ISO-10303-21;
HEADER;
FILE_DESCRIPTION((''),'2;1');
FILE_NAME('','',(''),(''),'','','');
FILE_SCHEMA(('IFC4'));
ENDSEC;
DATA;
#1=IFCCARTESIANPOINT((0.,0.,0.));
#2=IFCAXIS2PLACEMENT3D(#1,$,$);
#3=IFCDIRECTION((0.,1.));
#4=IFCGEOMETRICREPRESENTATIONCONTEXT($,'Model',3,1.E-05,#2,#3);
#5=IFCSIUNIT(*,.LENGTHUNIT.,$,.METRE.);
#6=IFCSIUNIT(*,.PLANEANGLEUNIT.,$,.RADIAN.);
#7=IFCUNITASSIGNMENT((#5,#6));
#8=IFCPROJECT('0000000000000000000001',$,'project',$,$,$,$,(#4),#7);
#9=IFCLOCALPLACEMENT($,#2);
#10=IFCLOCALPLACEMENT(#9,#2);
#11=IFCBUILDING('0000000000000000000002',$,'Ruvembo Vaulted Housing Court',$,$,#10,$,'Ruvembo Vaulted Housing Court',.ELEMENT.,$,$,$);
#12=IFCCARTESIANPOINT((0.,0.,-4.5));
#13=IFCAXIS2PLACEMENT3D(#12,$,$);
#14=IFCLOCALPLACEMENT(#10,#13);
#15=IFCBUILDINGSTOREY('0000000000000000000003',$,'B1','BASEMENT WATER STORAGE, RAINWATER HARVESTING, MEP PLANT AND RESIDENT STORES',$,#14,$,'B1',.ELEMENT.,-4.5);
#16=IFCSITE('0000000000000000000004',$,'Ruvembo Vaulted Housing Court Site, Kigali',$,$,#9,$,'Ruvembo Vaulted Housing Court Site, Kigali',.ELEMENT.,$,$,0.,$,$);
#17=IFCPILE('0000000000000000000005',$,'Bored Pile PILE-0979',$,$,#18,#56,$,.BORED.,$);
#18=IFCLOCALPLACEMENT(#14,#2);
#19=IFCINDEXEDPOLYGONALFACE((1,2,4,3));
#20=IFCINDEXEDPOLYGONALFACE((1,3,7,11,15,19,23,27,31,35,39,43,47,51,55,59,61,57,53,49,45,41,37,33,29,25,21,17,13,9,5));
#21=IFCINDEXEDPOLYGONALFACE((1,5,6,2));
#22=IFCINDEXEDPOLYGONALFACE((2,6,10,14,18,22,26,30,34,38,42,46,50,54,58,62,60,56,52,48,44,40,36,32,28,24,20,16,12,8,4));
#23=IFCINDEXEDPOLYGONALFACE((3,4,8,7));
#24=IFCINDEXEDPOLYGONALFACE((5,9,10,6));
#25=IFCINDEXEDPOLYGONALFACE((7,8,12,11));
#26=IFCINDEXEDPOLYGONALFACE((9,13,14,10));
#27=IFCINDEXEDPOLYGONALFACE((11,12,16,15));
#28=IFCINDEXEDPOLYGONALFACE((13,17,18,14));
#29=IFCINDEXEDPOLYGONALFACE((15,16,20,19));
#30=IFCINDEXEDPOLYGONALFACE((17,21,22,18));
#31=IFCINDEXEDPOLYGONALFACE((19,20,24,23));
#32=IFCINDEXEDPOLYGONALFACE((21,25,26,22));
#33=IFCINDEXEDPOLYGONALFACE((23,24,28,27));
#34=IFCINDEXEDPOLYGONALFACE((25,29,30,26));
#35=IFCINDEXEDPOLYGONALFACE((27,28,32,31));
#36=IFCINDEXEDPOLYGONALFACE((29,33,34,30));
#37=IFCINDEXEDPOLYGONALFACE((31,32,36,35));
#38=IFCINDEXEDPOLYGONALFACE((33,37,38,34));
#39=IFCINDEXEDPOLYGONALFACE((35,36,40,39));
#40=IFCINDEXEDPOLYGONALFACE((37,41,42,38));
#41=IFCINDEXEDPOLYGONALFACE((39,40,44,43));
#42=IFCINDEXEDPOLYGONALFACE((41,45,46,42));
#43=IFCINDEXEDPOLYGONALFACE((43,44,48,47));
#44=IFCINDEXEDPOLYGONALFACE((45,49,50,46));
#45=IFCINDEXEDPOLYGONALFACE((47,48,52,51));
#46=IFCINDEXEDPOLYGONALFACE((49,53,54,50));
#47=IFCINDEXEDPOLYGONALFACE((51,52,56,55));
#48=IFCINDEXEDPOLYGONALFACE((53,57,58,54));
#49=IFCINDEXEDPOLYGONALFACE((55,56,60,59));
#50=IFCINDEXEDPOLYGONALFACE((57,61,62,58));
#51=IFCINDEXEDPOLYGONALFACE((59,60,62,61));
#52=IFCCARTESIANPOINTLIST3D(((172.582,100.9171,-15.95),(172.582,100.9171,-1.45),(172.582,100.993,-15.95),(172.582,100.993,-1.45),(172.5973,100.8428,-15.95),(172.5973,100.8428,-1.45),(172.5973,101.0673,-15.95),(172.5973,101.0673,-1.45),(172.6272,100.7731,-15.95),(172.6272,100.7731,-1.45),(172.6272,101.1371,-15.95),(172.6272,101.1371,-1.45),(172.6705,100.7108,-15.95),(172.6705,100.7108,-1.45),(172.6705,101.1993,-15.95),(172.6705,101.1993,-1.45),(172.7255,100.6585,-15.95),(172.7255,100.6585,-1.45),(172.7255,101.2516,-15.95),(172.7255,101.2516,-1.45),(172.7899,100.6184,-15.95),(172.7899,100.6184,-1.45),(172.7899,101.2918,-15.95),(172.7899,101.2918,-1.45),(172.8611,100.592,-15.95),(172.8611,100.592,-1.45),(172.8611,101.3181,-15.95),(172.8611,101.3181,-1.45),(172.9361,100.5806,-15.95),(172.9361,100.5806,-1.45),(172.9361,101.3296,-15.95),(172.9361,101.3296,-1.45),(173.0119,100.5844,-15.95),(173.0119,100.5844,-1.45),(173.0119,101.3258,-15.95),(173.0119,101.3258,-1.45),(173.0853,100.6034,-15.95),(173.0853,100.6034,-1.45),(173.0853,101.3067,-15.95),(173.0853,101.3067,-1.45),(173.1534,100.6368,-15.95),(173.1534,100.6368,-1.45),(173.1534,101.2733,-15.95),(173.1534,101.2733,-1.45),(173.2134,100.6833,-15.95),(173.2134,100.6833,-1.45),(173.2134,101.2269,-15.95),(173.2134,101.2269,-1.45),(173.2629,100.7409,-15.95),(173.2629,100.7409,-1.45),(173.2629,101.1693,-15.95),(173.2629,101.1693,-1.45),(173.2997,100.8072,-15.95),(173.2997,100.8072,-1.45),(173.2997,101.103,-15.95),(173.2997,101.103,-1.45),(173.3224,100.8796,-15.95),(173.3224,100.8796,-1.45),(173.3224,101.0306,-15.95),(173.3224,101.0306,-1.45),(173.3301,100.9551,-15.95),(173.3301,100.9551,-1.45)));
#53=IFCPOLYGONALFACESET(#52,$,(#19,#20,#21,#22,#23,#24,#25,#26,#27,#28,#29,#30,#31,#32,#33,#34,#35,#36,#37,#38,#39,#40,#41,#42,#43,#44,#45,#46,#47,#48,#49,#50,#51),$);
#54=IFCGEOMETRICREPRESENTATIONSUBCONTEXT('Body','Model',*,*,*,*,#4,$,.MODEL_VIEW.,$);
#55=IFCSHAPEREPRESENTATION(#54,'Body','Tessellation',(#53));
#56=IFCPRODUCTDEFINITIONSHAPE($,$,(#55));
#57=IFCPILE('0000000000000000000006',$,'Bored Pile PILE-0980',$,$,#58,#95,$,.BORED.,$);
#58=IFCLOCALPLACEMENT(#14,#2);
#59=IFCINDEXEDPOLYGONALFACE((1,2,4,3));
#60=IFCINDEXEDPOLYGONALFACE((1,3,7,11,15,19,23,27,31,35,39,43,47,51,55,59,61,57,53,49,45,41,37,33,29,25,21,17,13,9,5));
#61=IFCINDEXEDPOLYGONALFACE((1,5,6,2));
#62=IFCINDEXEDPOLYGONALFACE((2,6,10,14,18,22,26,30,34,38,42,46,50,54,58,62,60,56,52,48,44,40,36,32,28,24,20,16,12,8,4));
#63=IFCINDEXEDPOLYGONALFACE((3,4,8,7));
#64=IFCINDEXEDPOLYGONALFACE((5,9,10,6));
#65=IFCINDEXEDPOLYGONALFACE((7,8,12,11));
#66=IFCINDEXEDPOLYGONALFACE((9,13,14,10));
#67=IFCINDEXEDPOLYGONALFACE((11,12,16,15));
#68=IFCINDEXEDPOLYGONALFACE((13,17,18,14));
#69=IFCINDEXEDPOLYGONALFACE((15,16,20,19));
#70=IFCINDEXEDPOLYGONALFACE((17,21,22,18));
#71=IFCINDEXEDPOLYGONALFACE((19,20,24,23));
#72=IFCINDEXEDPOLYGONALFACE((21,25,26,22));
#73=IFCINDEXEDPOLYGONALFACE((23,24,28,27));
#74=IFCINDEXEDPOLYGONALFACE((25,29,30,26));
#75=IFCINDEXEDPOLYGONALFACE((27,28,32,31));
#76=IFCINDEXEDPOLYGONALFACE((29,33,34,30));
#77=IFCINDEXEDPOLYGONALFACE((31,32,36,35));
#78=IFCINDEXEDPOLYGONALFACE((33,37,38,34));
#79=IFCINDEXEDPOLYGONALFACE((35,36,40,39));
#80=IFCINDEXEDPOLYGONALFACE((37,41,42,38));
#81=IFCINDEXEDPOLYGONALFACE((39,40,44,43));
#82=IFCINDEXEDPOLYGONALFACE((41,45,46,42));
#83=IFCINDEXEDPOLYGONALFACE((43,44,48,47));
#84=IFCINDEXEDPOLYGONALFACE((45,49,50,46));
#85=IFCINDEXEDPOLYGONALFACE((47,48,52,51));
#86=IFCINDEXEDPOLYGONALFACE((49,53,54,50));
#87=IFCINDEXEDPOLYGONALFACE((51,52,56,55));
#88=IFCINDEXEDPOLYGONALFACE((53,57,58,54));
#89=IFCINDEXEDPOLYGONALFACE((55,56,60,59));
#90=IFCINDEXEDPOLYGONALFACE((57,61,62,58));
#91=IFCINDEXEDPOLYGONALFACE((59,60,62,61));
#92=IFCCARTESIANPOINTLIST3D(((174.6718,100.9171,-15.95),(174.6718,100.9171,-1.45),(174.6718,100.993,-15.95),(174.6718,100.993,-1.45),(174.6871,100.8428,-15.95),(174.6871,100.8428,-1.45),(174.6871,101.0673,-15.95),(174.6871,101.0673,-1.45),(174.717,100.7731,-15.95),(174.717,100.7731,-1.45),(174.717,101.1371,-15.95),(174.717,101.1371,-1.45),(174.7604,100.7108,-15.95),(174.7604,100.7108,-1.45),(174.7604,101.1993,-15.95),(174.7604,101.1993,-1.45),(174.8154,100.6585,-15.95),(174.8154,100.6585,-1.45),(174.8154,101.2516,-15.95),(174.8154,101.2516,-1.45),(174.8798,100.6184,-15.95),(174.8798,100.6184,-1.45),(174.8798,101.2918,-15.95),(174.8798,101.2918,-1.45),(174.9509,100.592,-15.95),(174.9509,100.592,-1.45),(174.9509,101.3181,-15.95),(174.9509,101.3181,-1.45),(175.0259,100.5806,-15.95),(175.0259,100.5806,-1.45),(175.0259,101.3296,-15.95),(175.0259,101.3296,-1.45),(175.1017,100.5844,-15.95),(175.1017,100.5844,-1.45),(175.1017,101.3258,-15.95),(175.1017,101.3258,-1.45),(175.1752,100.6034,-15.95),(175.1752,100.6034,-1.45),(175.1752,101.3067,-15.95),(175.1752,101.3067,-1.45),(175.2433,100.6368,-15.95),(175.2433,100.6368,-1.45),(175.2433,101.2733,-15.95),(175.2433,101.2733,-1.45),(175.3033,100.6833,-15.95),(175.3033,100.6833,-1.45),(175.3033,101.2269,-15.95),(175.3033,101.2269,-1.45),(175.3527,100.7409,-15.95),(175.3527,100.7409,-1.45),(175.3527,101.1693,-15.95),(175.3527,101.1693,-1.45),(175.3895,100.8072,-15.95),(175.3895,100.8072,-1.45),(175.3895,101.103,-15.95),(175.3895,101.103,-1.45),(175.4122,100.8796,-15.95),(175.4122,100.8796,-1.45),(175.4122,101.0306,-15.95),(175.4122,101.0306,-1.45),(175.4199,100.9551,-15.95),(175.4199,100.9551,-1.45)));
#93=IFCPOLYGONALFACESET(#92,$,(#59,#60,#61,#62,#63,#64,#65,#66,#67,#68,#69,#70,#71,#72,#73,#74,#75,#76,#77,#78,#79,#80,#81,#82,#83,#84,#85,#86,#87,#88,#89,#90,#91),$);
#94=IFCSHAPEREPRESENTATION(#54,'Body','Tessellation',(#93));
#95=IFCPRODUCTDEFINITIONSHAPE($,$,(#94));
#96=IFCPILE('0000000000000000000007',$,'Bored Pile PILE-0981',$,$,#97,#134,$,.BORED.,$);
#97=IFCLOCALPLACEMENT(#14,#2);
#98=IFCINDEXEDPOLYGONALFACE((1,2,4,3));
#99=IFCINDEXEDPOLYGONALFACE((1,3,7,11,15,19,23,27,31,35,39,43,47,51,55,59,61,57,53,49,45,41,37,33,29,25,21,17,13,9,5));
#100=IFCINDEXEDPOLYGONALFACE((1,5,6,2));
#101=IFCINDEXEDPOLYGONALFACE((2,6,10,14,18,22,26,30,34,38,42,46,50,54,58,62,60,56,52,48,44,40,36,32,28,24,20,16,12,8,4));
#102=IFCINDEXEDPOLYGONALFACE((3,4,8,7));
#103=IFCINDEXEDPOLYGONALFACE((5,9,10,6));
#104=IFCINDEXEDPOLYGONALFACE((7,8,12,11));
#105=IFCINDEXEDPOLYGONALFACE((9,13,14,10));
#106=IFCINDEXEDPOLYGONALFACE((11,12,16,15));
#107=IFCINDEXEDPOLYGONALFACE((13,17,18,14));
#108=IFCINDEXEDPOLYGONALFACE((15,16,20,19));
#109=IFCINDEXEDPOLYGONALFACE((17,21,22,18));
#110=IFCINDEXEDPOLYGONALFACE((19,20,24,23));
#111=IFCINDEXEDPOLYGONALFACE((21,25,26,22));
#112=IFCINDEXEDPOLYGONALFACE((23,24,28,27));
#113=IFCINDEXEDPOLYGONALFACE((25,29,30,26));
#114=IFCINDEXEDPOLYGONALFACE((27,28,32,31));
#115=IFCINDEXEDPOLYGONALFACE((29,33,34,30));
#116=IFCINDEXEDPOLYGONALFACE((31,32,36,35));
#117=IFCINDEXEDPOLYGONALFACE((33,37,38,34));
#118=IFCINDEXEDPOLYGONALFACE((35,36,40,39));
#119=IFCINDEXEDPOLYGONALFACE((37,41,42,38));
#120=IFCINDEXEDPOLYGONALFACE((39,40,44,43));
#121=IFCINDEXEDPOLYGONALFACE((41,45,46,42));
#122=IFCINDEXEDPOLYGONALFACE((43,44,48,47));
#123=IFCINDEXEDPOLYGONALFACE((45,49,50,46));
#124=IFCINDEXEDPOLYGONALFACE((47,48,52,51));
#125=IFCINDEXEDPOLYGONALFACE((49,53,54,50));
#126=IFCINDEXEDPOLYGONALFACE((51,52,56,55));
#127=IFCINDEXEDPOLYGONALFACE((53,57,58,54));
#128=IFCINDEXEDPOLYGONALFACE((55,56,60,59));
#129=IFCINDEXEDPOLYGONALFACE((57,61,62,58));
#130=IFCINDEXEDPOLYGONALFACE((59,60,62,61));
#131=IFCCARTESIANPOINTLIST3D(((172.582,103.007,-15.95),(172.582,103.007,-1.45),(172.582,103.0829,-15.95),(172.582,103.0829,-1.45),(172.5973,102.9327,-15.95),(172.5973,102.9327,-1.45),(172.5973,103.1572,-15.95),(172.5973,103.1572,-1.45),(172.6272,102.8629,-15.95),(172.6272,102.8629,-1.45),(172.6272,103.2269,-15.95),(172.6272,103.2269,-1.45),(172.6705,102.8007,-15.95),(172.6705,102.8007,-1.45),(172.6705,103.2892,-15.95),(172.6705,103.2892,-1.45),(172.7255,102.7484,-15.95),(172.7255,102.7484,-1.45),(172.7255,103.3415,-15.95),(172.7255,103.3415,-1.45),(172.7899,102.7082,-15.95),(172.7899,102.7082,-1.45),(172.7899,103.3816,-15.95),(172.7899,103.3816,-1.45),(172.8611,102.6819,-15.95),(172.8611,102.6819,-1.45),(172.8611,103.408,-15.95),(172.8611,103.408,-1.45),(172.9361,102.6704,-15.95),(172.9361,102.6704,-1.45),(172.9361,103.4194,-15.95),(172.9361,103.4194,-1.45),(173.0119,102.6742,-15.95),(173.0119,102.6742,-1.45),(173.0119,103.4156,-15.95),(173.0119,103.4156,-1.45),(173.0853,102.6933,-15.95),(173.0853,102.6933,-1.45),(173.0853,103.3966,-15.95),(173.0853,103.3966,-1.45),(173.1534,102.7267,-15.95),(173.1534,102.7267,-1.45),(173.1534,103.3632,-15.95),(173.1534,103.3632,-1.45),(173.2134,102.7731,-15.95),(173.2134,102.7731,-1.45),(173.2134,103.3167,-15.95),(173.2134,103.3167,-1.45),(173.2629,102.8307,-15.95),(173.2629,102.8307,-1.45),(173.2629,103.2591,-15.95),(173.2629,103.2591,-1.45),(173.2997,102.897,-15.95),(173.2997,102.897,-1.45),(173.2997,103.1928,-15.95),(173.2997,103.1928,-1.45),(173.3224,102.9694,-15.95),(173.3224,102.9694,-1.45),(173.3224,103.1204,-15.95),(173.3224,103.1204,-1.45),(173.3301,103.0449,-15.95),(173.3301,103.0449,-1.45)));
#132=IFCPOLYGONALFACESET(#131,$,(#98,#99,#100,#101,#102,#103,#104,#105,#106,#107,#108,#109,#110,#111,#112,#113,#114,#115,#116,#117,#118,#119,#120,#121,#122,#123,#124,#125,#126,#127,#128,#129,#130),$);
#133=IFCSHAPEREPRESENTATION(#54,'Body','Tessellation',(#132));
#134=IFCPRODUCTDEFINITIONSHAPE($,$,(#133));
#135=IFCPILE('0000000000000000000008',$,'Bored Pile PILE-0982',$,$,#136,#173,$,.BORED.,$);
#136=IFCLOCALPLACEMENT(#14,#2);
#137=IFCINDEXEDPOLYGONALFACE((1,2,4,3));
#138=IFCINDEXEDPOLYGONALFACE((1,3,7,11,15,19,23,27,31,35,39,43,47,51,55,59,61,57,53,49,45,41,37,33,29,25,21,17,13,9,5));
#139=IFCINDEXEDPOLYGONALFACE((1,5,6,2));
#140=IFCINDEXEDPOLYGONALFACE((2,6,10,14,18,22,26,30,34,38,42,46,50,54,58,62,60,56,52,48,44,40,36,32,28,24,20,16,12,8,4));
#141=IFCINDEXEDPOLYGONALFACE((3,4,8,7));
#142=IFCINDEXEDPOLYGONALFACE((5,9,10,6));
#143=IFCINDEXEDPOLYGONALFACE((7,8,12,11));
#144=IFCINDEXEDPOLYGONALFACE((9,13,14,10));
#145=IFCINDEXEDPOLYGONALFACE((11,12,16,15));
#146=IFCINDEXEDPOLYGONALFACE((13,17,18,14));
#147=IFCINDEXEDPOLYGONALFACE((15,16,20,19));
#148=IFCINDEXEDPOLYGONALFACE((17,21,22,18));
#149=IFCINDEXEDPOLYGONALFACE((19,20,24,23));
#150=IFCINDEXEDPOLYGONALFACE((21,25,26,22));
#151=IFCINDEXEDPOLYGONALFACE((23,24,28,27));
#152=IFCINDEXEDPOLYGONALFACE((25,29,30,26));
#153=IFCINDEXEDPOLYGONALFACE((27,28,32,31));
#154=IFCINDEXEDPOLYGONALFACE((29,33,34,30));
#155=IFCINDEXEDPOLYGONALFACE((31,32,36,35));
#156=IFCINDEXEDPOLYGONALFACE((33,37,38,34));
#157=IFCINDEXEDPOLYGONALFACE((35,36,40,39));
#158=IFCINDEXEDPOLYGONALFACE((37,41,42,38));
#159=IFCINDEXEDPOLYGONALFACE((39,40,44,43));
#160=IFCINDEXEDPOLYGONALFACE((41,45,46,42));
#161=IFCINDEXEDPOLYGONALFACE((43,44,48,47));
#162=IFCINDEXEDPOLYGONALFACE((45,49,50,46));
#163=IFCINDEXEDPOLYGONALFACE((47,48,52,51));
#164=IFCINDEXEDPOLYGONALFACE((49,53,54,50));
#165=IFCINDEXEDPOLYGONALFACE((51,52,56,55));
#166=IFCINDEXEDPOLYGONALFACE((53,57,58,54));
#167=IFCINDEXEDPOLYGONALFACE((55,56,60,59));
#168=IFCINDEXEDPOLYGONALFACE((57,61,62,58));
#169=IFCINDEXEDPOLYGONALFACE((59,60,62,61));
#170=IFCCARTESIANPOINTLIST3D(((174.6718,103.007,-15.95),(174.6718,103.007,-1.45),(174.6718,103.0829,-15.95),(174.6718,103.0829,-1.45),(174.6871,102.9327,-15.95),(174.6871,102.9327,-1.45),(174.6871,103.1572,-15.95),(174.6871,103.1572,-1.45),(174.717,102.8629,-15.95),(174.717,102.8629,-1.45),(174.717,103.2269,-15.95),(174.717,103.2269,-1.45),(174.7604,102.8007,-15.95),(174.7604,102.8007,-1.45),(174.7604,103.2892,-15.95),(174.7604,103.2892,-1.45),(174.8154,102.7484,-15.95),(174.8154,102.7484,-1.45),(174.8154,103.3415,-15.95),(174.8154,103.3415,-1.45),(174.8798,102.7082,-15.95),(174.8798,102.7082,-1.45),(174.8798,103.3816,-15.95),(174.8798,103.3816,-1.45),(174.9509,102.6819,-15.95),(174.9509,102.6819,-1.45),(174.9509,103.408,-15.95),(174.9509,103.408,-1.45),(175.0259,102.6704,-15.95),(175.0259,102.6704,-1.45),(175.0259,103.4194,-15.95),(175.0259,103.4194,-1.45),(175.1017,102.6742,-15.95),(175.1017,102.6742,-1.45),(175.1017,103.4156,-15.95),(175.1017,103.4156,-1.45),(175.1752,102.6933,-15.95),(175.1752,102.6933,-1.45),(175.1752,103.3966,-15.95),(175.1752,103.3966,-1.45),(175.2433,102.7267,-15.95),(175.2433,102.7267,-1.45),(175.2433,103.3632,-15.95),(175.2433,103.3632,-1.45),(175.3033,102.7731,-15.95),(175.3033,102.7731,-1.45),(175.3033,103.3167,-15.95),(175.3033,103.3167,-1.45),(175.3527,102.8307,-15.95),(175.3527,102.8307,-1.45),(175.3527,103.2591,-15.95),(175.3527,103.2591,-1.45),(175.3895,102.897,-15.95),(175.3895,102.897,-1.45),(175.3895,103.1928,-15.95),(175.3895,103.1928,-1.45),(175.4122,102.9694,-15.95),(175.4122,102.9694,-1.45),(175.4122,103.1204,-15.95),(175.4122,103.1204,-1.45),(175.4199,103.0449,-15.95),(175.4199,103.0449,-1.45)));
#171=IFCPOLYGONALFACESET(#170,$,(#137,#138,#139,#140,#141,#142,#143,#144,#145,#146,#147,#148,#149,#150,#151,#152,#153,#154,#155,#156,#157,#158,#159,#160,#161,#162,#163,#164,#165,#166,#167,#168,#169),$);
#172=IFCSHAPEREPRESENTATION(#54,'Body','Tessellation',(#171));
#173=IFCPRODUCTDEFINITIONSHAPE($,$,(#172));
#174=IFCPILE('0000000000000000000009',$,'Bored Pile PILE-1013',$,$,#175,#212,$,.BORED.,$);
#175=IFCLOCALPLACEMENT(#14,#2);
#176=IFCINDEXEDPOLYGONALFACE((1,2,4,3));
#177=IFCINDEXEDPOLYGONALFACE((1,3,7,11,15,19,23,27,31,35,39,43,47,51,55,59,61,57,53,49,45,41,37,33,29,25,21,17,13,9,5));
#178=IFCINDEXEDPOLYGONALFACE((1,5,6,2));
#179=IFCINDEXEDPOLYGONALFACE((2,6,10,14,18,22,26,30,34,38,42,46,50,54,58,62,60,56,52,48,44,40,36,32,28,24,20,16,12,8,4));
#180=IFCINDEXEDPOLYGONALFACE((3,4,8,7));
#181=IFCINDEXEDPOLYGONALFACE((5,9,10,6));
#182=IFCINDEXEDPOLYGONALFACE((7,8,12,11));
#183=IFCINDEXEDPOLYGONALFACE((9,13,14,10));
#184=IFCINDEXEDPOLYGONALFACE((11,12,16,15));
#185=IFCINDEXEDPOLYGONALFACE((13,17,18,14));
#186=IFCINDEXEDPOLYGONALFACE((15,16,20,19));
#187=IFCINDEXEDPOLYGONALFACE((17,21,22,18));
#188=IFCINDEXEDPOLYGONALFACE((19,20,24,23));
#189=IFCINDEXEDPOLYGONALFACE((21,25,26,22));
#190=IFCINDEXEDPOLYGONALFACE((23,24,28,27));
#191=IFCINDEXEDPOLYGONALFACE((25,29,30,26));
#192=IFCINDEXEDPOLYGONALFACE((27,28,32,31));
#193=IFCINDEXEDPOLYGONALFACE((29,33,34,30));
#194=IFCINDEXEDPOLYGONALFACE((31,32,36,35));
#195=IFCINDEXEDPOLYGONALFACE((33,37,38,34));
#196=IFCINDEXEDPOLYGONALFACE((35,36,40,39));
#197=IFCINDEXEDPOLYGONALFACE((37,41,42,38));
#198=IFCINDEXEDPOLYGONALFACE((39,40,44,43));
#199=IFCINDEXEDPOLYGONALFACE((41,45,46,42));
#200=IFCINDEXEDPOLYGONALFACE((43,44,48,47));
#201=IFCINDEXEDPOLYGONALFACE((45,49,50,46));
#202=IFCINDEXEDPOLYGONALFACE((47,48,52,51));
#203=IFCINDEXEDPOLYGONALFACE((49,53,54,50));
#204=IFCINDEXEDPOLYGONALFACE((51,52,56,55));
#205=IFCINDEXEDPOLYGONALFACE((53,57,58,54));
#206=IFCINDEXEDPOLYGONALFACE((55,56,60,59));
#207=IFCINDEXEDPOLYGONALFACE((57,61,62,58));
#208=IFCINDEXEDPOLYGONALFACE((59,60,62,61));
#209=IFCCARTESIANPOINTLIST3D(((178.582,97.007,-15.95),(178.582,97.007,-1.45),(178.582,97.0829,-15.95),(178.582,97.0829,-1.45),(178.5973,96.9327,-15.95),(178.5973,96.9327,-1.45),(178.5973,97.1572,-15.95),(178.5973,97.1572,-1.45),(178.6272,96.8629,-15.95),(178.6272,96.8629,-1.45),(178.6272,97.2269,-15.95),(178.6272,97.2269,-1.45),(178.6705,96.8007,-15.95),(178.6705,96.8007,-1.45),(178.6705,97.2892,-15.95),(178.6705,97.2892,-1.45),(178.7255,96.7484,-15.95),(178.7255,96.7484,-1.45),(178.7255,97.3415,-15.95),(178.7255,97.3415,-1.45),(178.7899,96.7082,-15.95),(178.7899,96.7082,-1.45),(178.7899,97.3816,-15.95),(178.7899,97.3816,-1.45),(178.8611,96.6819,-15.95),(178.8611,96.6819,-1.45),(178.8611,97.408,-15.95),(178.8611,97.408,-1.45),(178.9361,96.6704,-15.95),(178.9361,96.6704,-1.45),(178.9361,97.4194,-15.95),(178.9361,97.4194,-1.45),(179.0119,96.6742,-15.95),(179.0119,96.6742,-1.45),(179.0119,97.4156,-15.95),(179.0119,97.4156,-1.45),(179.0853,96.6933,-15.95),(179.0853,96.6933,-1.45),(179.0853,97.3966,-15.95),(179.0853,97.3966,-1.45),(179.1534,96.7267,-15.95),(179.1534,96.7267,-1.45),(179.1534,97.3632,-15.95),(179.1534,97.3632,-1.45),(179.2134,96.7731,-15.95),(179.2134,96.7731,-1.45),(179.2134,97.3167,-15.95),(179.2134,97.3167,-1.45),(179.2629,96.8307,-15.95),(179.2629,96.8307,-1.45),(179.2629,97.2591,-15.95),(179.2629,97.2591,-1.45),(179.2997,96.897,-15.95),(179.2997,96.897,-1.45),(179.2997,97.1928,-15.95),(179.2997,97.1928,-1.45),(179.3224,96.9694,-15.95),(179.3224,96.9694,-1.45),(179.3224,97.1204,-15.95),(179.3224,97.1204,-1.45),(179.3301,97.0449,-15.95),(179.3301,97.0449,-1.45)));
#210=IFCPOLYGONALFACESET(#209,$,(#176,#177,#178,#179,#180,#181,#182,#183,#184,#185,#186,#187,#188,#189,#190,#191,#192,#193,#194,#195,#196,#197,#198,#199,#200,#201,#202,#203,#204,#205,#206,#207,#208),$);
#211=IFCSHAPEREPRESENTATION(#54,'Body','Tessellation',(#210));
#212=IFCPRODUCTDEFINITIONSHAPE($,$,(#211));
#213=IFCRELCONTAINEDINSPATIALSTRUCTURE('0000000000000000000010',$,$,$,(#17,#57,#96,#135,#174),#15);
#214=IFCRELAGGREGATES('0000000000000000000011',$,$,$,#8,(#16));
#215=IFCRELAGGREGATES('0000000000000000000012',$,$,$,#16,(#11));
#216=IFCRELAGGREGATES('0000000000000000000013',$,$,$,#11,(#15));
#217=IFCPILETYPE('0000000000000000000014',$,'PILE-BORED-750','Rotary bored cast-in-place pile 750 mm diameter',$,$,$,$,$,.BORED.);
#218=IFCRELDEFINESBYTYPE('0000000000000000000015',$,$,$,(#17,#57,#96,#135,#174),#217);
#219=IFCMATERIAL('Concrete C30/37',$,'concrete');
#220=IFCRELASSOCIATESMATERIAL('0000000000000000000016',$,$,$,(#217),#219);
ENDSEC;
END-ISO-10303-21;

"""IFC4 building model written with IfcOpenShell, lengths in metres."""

from ifc_helpers import new_model, si_unit, direction, frame, origin, origin_2d, place, context, subcontext, project, spatial, circle, extrude, material, material_profile, profile_set, type_object, element, save


model = new_model("IFC4")

# Units and contexts
model_context = context("Model", 3, precision=1e-05, world=origin(), true_north=direction((0.0, 1.0)))
body_context = subcontext(model_context, "Body", "Model", "MODEL_VIEW")
ifc_project = project(units=[si_unit("LENGTHUNIT", "METRE"), si_unit("PLANEANGLEUNIT", "RADIAN")], contexts=[model_context])

# Site, building, storey
site_placement = place(None, origin())
site = spatial("IfcSite", under=ifc_project, at=site_placement, Name="Ruvembo Vaulted Housing Court Site, Kigali", LongName="Ruvembo Vaulted Housing Court Site, Kigali", CompositionType="ELEMENT", RefElevation=0.0)
building_placement = place(site_placement, origin())
building = spatial("IfcBuilding", under=site, at=building_placement, Name="Ruvembo Vaulted Housing Court", LongName="Ruvembo Vaulted Housing Court", CompositionType="ELEMENT")
storey_placement = place(building_placement, frame((0.0, 0.0, -4.5)))
storey = spatial("IfcBuildingStorey", under=building, at=storey_placement, Name="B1", Description="BASEMENT WATER STORAGE, RAINWATER HARVESTING, MEP PLANT AND RESIDENT STORES", LongName="B1", CompositionType="ELEMENT", Elevation=-4.5)

# Piles
ifc_material_1 = material(Name="Concrete C30/37", Category="concrete")
ifc_material_profile_1 = material_profile(ifc_material_1, circle(Radius=0.375, at=origin_2d()), Name="PILE D750")
ifc_profile_set_1 = profile_set([ifc_material_profile_1], Name="Concrete C30/37")
pile_type_1 = type_object("IfcPileType", Name="PILE-BORED-750", Description="Rotary bored cast-in-place pile 750 mm diameter", PredefinedType="BORED", material=ifc_profile_set_1)
for number, where, z_axis, x_axis, name in (
    (1, (172.9551, 100.9551, -1.45), (0.0, 0.0, -1.0), (1.0, 0.0, 0.0), "Bored Pile PILE-0979"),
    (2, (175.0449, 100.9551, -1.45), (0.0, 0.0, -1.0), (1.0, 0.0, 0.0), "Bored Pile PILE-0980"),
    (3, (172.9551, 103.0449, -1.45), (0.0, 0.0, -1.0), (1.0, 0.0, 0.0), "Bored Pile PILE-0981"),
    (4, (175.0449, 103.0449, -1.45), (0.0, 0.0, -1.0), (1.0, 0.0, 0.0), "Bored Pile PILE-0982"),
    (5, (178.9551, 97.0449, -1.45), (0.0, 0.0, -1.0), (1.0, 0.0, 0.0), "Bored Pile PILE-1013"),
):
    element("IfcPile", number, at=place(storey_placement, frame(where, z_axis=z_axis, x_axis=x_axis)), inside=storey, type_object=pile_type_1, Name=name, PredefinedType="BORED", context=body_context, shape_type="SweptSolid", body=[
        extrude(circle(Radius=0.375, at=origin_2d()), origin(), (0.0, 0.0, 1.0), 14.5),
    ])

save(model, "model.ifc")
